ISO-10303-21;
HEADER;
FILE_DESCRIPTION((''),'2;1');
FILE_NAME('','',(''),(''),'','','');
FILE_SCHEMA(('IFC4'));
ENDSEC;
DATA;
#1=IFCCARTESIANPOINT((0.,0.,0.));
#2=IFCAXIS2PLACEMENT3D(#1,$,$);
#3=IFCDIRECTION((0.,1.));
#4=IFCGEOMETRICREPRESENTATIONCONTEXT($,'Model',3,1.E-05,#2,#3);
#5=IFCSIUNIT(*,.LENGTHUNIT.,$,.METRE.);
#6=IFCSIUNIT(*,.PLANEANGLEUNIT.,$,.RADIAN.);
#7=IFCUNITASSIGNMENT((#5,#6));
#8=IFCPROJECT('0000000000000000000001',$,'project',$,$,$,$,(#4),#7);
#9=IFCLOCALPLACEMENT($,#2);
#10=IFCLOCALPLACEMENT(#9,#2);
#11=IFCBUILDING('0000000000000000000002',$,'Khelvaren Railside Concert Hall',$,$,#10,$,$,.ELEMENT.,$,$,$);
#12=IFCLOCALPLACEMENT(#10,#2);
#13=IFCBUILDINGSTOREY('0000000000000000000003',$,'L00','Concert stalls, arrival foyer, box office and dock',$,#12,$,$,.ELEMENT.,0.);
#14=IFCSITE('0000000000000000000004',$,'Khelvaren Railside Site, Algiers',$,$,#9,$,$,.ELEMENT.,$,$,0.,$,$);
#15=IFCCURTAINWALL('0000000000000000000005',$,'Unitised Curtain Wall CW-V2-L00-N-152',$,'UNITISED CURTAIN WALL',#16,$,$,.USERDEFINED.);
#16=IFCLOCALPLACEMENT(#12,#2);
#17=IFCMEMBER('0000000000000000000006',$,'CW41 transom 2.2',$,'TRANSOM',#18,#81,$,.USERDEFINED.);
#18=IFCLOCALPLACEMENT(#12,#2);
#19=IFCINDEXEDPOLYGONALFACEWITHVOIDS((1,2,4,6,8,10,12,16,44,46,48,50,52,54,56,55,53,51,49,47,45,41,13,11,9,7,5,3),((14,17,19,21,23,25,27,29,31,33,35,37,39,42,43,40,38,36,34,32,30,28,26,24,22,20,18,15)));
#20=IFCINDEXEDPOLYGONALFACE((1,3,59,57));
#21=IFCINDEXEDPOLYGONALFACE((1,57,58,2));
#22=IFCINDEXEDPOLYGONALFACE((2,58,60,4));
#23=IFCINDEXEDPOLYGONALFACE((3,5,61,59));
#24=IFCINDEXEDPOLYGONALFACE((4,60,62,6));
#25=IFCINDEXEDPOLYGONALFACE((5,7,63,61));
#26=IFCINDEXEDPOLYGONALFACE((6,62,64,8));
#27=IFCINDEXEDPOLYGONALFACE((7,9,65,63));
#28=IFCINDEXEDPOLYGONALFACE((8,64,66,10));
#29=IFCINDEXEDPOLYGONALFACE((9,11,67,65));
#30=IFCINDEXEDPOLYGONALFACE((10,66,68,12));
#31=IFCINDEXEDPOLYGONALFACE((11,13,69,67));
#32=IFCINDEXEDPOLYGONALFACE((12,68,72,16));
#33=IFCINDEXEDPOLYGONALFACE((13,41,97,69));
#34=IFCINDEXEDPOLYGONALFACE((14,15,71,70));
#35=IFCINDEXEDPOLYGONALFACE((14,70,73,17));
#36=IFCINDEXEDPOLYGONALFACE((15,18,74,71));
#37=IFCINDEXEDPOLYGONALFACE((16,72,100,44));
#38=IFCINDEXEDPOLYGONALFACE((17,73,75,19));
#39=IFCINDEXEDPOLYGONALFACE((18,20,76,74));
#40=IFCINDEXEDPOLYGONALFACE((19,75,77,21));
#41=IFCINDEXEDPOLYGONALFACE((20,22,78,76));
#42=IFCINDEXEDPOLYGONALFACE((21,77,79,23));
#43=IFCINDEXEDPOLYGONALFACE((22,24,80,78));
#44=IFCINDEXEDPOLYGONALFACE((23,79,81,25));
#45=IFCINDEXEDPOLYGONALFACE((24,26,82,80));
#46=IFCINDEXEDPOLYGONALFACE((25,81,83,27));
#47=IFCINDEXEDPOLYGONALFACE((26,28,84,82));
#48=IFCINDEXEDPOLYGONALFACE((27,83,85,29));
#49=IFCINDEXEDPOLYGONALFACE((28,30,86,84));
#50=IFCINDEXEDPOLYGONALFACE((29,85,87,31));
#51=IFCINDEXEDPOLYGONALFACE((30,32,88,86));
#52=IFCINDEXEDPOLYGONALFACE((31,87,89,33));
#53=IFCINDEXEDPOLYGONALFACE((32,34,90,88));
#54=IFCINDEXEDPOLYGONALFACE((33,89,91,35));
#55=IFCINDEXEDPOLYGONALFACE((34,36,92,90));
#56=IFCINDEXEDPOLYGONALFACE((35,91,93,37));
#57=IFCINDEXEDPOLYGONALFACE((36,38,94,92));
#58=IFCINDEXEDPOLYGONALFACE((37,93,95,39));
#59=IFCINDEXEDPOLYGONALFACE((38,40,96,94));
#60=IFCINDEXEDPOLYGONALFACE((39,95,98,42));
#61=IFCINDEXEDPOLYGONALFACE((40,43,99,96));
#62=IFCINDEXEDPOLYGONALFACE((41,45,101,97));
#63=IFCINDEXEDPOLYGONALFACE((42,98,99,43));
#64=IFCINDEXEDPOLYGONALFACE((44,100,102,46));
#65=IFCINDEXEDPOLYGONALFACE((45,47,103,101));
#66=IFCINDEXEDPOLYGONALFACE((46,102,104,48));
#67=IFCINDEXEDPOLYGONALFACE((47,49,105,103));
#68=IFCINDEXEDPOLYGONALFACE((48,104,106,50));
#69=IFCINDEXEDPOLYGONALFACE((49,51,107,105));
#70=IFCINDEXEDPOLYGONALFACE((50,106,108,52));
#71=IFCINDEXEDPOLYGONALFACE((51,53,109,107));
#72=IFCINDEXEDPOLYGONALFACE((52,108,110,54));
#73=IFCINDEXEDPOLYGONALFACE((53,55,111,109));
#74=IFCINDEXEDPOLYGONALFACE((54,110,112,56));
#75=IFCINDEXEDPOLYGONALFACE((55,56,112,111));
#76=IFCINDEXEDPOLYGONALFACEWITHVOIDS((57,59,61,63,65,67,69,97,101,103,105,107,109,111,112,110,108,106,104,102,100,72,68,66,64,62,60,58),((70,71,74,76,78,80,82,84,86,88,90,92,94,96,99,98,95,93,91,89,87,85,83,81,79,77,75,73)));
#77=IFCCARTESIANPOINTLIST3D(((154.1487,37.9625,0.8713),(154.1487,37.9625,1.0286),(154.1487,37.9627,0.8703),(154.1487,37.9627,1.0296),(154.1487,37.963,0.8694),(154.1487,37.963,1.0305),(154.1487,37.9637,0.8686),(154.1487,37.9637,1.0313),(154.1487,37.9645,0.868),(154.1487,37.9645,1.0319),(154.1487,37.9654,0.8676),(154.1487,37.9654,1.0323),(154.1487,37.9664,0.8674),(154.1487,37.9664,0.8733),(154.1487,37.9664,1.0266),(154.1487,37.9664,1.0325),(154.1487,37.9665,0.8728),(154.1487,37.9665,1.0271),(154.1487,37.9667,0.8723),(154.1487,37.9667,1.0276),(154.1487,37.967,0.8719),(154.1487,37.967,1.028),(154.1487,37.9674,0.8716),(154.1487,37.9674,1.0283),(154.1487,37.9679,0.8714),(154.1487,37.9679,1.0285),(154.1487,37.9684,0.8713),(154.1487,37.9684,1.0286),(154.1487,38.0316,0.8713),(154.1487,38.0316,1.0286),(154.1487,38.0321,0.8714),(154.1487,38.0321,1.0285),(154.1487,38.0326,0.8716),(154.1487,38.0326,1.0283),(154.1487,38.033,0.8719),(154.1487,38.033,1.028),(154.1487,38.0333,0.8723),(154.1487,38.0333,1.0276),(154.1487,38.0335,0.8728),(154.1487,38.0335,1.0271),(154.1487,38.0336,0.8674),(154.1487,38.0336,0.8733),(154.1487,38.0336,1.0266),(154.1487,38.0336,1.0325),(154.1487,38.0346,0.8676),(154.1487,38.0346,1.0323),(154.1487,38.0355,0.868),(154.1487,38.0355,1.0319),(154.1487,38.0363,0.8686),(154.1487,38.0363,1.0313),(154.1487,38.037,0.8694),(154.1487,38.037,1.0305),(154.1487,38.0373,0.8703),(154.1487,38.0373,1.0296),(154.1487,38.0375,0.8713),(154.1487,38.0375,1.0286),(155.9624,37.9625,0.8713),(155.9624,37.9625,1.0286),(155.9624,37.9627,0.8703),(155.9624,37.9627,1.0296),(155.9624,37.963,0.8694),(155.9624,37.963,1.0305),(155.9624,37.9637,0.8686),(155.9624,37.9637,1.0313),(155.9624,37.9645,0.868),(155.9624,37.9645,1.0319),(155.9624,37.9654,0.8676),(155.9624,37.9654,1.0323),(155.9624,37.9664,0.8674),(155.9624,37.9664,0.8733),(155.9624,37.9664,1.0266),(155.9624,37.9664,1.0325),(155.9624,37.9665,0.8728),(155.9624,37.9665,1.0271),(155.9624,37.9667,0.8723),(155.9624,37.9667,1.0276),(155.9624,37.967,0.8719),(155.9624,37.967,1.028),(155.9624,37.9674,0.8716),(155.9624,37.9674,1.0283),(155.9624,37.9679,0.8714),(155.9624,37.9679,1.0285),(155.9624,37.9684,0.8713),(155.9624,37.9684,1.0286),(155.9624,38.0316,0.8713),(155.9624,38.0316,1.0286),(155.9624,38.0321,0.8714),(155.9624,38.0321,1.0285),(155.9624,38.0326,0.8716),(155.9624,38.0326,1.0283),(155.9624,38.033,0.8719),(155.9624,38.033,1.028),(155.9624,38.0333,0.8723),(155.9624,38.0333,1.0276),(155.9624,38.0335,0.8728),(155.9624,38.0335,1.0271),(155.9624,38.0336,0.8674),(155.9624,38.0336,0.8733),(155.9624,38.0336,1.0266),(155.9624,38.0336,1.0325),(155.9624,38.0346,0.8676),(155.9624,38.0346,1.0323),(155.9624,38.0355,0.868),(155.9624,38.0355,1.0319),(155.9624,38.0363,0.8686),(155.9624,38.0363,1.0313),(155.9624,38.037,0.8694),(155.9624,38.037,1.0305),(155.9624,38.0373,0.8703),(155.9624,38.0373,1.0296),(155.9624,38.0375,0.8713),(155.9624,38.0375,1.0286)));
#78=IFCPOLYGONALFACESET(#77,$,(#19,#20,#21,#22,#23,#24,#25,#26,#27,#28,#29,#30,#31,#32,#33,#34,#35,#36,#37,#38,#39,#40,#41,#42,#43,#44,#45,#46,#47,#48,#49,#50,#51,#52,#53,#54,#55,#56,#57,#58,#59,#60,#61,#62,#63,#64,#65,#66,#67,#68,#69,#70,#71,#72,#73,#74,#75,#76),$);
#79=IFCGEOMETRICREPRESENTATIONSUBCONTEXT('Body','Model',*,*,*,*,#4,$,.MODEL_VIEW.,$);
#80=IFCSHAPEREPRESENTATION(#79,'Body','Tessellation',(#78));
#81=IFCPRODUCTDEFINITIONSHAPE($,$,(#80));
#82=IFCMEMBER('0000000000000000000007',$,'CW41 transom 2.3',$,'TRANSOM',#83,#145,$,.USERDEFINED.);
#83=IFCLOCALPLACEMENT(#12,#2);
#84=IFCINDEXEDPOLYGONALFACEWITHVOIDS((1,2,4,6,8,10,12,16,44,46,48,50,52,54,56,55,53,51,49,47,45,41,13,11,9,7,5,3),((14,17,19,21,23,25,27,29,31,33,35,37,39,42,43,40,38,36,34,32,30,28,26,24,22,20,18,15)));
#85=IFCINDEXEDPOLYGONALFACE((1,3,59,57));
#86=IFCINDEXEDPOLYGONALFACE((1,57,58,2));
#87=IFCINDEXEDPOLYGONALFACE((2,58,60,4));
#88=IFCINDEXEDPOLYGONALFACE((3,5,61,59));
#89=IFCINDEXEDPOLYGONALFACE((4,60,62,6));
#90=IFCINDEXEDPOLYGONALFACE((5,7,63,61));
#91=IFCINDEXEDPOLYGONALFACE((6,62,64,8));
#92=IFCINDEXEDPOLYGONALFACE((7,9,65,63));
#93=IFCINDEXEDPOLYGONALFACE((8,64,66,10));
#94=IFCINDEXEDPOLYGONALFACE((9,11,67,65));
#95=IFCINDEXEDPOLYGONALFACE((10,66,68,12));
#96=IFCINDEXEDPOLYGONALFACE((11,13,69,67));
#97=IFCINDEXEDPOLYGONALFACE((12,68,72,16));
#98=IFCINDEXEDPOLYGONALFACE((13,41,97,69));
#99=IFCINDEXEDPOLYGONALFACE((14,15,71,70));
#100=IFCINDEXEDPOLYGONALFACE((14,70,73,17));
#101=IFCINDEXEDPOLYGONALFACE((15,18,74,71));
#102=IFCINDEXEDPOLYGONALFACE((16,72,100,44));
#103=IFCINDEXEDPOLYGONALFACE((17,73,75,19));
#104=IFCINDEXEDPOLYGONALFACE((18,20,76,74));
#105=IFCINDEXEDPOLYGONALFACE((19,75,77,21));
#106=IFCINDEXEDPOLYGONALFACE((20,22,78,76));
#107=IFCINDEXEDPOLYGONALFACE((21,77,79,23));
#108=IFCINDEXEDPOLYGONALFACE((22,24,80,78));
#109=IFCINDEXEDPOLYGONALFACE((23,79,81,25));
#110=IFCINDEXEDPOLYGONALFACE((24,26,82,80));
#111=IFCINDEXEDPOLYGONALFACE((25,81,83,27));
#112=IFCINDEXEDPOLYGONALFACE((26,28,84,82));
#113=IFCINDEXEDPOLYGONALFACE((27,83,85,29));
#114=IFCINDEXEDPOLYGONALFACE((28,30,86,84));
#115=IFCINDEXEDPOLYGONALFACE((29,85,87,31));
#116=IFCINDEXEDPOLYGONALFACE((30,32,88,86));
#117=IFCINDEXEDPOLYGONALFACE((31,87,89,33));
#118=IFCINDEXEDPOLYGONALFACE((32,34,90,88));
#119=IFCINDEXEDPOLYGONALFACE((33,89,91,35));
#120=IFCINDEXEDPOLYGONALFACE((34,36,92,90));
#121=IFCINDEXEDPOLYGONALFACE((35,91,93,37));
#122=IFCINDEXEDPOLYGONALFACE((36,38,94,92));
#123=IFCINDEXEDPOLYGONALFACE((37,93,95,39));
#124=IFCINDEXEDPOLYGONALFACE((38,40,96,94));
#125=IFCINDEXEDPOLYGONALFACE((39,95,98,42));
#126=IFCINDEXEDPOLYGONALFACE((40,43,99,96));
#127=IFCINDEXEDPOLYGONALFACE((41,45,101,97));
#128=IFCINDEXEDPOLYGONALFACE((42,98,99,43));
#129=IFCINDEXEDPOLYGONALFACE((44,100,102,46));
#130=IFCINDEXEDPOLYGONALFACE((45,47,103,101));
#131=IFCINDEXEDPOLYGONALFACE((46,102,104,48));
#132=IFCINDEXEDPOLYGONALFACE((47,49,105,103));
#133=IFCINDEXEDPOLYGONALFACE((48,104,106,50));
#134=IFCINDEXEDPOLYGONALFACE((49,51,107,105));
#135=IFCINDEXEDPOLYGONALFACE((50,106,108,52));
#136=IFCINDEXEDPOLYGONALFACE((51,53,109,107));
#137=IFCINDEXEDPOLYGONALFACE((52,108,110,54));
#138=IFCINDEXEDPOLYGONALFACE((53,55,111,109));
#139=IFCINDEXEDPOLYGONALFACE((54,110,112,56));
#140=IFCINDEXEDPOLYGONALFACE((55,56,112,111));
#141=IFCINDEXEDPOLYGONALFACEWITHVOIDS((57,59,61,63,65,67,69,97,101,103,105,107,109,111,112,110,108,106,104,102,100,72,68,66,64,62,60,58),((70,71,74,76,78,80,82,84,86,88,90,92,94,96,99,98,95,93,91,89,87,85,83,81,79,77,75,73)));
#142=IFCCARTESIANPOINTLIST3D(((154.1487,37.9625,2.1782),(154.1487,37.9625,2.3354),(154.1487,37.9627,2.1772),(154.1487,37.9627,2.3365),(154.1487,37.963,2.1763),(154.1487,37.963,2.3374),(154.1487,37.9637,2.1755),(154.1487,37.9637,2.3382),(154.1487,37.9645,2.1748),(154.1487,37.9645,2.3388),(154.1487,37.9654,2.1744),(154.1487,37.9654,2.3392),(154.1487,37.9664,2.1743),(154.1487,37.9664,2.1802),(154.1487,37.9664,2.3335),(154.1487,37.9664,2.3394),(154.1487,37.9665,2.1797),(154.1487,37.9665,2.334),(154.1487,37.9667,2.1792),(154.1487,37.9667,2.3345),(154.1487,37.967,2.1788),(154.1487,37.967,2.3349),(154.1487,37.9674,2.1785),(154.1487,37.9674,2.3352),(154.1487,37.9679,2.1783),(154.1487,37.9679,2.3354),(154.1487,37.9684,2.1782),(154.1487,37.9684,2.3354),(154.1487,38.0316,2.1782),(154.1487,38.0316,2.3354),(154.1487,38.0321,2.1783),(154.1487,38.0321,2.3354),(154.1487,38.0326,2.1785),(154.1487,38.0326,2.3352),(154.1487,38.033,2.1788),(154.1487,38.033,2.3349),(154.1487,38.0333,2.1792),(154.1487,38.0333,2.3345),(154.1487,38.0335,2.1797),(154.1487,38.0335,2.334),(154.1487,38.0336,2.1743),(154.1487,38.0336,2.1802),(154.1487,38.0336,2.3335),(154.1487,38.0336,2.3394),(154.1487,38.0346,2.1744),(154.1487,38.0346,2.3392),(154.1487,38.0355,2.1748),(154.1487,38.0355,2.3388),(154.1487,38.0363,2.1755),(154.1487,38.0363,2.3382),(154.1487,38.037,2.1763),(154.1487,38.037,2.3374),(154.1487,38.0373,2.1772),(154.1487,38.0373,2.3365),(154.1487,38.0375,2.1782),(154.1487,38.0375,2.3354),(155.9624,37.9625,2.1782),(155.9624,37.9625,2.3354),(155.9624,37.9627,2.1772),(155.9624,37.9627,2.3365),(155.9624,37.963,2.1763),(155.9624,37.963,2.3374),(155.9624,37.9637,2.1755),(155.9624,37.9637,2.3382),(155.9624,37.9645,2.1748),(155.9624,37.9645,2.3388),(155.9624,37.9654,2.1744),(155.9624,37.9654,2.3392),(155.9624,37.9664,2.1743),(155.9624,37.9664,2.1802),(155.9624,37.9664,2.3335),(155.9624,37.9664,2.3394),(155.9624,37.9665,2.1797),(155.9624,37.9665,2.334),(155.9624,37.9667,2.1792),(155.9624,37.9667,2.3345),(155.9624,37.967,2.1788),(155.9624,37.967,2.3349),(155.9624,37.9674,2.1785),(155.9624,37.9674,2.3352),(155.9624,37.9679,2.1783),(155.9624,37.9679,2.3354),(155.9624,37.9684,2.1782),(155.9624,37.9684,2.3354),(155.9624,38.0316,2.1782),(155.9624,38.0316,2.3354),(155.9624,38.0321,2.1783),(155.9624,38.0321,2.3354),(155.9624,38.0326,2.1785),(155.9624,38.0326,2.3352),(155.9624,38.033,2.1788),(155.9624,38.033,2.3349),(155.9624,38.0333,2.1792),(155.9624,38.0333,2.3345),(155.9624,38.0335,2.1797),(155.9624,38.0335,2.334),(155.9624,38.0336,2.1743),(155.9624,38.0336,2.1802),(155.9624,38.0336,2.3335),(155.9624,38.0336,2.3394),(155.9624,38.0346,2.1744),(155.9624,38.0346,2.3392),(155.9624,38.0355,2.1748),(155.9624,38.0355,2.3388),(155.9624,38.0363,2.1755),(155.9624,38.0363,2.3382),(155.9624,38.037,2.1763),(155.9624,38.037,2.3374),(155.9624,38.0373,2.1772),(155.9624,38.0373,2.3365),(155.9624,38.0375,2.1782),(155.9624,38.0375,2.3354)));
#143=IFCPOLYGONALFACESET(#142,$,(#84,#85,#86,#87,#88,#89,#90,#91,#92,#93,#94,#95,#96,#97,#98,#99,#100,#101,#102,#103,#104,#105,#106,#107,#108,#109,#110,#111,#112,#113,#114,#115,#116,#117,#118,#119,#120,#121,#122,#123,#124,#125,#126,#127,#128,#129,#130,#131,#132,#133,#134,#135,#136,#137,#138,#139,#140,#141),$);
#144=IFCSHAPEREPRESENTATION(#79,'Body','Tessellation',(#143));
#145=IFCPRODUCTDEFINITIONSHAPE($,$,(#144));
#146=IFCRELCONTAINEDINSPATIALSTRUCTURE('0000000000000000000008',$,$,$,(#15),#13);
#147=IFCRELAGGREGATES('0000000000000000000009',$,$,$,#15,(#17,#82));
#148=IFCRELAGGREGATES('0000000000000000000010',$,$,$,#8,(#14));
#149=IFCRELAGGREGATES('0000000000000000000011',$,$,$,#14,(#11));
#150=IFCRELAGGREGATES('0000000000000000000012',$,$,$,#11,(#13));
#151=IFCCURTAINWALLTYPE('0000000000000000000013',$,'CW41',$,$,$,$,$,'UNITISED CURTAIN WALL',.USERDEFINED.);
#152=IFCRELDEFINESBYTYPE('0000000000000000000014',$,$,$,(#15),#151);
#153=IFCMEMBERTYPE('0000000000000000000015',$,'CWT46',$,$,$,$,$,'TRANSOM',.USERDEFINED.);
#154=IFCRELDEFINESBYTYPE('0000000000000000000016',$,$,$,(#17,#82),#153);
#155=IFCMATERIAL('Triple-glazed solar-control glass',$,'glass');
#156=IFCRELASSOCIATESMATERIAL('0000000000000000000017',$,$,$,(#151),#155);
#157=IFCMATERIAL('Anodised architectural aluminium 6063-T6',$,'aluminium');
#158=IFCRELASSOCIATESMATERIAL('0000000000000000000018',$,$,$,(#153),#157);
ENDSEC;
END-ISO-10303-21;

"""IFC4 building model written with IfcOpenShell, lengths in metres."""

from ifc_helpers import new_model, si_unit, direction, frame, origin, origin_2d, place, context, subcontext, project, spatial, hollow_rectangle, extrude, material, material_profile, profile_set, type_object, element, aggregate, save


model = new_model("IFC4")

# Units and contexts
model_context = context("Model", 3, precision=1e-05, world=origin(), true_north=direction((0.0, 1.0)))
body_context = subcontext(model_context, "Body", "Model", "MODEL_VIEW")
ifc_project = project(units=[si_unit("LENGTHUNIT", "METRE"), si_unit("PLANEANGLEUNIT", "RADIAN")], contexts=[model_context])

# Site, building, storey
site_placement = place(None, origin())
site = spatial("IfcSite", under=ifc_project, at=site_placement, Name="Khelvaren Railside Site, Algiers", CompositionType="ELEMENT", RefElevation=0.0)
building_placement = place(site_placement, origin())
building = spatial("IfcBuilding", under=site, at=building_placement, Name="Khelvaren Railside Concert Hall", CompositionType="ELEMENT")
storey_placement = place(building_placement, origin())
storey = spatial("IfcBuildingStorey", under=building, at=storey_placement, Name="L00", Description="Concert stalls, arrival foyer, box office and dock", CompositionType="ELEMENT", Elevation=0.0)

# Curtain wall, members
ifc_material_1 = material(Name="Triple-glazed solar-control glass", Category="glass")
curtain_wall_type = type_object("IfcCurtainWallType", Name="CW41", ElementType="UNITISED CURTAIN WALL", PredefinedType="USERDEFINED", material=ifc_material_1)
curtain_wall_placement = place(storey_placement, origin())
curtain_wall = element("IfcCurtainWall", 1, at=curtain_wall_placement, inside=storey, type_object=curtain_wall_type, Name="Unitised Curtain Wall CW-V2-L00-N-152", ObjectType="UNITISED CURTAIN WALL", PredefinedType="USERDEFINED")
ifc_material_2 = material(Name="Anodised architectural aluminium 6063-T6", Category="aluminium")
ifc_material_profile_1 = material_profile(ifc_material_2, hollow_rectangle(XDim=0.075, YDim=0.165, WallThickness=0.0039, InnerFilletRadius=0.002, OuterFilletRadius=0.0039, at=origin_2d()), Name="CWT 75x165x4")
ifc_profile_set_1 = profile_set([ifc_material_profile_1], Name="Anodised architectural aluminium 6063-T6")
member_type_1 = type_object("IfcMemberType", Name="CWT46", ElementType="TRANSOM", PredefinedType="USERDEFINED", material=ifc_profile_set_1)
member_1_placement = place(storey_placement, frame((154.1487, 38.0, 0.95), z_axis=(1.0, 0.0, 0.0), x_axis=(0.0, 1.0, 0.0)))
member_1 = element("IfcMember", 2, at=member_1_placement, type_object=member_type_1, Name="CW41 transom 2.2", ObjectType="TRANSOM", PredefinedType="USERDEFINED", context=body_context, shape_type="SweptSolid", body=[
    extrude(hollow_rectangle(XDim=0.075, YDim=0.165, WallThickness=0.0039, InnerFilletRadius=0.002, OuterFilletRadius=0.0039, at=origin_2d()), origin(), (0.0, 0.0, 1.0), 1.8137),
])
member_2_placement = place(storey_placement, frame((154.1487, 38.0, 2.2568), z_axis=(1.0, 0.0, 0.0), x_axis=(0.0, 1.0, 0.0)))
member_2 = element("IfcMember", 3, at=member_2_placement, type_object=member_type_1, Name="CW41 transom 2.3", ObjectType="TRANSOM", PredefinedType="USERDEFINED", context=body_context, shape_type="SweptSolid", body=[
    extrude(hollow_rectangle(XDim=0.075, YDim=0.165, WallThickness=0.0039, InnerFilletRadius=0.002, OuterFilletRadius=0.0039, at=origin_2d()), origin(), (0.0, 0.0, 1.0), 1.8137),
])
aggregate(curtain_wall, [member_1, member_2])

save(model, "model.ifc")
